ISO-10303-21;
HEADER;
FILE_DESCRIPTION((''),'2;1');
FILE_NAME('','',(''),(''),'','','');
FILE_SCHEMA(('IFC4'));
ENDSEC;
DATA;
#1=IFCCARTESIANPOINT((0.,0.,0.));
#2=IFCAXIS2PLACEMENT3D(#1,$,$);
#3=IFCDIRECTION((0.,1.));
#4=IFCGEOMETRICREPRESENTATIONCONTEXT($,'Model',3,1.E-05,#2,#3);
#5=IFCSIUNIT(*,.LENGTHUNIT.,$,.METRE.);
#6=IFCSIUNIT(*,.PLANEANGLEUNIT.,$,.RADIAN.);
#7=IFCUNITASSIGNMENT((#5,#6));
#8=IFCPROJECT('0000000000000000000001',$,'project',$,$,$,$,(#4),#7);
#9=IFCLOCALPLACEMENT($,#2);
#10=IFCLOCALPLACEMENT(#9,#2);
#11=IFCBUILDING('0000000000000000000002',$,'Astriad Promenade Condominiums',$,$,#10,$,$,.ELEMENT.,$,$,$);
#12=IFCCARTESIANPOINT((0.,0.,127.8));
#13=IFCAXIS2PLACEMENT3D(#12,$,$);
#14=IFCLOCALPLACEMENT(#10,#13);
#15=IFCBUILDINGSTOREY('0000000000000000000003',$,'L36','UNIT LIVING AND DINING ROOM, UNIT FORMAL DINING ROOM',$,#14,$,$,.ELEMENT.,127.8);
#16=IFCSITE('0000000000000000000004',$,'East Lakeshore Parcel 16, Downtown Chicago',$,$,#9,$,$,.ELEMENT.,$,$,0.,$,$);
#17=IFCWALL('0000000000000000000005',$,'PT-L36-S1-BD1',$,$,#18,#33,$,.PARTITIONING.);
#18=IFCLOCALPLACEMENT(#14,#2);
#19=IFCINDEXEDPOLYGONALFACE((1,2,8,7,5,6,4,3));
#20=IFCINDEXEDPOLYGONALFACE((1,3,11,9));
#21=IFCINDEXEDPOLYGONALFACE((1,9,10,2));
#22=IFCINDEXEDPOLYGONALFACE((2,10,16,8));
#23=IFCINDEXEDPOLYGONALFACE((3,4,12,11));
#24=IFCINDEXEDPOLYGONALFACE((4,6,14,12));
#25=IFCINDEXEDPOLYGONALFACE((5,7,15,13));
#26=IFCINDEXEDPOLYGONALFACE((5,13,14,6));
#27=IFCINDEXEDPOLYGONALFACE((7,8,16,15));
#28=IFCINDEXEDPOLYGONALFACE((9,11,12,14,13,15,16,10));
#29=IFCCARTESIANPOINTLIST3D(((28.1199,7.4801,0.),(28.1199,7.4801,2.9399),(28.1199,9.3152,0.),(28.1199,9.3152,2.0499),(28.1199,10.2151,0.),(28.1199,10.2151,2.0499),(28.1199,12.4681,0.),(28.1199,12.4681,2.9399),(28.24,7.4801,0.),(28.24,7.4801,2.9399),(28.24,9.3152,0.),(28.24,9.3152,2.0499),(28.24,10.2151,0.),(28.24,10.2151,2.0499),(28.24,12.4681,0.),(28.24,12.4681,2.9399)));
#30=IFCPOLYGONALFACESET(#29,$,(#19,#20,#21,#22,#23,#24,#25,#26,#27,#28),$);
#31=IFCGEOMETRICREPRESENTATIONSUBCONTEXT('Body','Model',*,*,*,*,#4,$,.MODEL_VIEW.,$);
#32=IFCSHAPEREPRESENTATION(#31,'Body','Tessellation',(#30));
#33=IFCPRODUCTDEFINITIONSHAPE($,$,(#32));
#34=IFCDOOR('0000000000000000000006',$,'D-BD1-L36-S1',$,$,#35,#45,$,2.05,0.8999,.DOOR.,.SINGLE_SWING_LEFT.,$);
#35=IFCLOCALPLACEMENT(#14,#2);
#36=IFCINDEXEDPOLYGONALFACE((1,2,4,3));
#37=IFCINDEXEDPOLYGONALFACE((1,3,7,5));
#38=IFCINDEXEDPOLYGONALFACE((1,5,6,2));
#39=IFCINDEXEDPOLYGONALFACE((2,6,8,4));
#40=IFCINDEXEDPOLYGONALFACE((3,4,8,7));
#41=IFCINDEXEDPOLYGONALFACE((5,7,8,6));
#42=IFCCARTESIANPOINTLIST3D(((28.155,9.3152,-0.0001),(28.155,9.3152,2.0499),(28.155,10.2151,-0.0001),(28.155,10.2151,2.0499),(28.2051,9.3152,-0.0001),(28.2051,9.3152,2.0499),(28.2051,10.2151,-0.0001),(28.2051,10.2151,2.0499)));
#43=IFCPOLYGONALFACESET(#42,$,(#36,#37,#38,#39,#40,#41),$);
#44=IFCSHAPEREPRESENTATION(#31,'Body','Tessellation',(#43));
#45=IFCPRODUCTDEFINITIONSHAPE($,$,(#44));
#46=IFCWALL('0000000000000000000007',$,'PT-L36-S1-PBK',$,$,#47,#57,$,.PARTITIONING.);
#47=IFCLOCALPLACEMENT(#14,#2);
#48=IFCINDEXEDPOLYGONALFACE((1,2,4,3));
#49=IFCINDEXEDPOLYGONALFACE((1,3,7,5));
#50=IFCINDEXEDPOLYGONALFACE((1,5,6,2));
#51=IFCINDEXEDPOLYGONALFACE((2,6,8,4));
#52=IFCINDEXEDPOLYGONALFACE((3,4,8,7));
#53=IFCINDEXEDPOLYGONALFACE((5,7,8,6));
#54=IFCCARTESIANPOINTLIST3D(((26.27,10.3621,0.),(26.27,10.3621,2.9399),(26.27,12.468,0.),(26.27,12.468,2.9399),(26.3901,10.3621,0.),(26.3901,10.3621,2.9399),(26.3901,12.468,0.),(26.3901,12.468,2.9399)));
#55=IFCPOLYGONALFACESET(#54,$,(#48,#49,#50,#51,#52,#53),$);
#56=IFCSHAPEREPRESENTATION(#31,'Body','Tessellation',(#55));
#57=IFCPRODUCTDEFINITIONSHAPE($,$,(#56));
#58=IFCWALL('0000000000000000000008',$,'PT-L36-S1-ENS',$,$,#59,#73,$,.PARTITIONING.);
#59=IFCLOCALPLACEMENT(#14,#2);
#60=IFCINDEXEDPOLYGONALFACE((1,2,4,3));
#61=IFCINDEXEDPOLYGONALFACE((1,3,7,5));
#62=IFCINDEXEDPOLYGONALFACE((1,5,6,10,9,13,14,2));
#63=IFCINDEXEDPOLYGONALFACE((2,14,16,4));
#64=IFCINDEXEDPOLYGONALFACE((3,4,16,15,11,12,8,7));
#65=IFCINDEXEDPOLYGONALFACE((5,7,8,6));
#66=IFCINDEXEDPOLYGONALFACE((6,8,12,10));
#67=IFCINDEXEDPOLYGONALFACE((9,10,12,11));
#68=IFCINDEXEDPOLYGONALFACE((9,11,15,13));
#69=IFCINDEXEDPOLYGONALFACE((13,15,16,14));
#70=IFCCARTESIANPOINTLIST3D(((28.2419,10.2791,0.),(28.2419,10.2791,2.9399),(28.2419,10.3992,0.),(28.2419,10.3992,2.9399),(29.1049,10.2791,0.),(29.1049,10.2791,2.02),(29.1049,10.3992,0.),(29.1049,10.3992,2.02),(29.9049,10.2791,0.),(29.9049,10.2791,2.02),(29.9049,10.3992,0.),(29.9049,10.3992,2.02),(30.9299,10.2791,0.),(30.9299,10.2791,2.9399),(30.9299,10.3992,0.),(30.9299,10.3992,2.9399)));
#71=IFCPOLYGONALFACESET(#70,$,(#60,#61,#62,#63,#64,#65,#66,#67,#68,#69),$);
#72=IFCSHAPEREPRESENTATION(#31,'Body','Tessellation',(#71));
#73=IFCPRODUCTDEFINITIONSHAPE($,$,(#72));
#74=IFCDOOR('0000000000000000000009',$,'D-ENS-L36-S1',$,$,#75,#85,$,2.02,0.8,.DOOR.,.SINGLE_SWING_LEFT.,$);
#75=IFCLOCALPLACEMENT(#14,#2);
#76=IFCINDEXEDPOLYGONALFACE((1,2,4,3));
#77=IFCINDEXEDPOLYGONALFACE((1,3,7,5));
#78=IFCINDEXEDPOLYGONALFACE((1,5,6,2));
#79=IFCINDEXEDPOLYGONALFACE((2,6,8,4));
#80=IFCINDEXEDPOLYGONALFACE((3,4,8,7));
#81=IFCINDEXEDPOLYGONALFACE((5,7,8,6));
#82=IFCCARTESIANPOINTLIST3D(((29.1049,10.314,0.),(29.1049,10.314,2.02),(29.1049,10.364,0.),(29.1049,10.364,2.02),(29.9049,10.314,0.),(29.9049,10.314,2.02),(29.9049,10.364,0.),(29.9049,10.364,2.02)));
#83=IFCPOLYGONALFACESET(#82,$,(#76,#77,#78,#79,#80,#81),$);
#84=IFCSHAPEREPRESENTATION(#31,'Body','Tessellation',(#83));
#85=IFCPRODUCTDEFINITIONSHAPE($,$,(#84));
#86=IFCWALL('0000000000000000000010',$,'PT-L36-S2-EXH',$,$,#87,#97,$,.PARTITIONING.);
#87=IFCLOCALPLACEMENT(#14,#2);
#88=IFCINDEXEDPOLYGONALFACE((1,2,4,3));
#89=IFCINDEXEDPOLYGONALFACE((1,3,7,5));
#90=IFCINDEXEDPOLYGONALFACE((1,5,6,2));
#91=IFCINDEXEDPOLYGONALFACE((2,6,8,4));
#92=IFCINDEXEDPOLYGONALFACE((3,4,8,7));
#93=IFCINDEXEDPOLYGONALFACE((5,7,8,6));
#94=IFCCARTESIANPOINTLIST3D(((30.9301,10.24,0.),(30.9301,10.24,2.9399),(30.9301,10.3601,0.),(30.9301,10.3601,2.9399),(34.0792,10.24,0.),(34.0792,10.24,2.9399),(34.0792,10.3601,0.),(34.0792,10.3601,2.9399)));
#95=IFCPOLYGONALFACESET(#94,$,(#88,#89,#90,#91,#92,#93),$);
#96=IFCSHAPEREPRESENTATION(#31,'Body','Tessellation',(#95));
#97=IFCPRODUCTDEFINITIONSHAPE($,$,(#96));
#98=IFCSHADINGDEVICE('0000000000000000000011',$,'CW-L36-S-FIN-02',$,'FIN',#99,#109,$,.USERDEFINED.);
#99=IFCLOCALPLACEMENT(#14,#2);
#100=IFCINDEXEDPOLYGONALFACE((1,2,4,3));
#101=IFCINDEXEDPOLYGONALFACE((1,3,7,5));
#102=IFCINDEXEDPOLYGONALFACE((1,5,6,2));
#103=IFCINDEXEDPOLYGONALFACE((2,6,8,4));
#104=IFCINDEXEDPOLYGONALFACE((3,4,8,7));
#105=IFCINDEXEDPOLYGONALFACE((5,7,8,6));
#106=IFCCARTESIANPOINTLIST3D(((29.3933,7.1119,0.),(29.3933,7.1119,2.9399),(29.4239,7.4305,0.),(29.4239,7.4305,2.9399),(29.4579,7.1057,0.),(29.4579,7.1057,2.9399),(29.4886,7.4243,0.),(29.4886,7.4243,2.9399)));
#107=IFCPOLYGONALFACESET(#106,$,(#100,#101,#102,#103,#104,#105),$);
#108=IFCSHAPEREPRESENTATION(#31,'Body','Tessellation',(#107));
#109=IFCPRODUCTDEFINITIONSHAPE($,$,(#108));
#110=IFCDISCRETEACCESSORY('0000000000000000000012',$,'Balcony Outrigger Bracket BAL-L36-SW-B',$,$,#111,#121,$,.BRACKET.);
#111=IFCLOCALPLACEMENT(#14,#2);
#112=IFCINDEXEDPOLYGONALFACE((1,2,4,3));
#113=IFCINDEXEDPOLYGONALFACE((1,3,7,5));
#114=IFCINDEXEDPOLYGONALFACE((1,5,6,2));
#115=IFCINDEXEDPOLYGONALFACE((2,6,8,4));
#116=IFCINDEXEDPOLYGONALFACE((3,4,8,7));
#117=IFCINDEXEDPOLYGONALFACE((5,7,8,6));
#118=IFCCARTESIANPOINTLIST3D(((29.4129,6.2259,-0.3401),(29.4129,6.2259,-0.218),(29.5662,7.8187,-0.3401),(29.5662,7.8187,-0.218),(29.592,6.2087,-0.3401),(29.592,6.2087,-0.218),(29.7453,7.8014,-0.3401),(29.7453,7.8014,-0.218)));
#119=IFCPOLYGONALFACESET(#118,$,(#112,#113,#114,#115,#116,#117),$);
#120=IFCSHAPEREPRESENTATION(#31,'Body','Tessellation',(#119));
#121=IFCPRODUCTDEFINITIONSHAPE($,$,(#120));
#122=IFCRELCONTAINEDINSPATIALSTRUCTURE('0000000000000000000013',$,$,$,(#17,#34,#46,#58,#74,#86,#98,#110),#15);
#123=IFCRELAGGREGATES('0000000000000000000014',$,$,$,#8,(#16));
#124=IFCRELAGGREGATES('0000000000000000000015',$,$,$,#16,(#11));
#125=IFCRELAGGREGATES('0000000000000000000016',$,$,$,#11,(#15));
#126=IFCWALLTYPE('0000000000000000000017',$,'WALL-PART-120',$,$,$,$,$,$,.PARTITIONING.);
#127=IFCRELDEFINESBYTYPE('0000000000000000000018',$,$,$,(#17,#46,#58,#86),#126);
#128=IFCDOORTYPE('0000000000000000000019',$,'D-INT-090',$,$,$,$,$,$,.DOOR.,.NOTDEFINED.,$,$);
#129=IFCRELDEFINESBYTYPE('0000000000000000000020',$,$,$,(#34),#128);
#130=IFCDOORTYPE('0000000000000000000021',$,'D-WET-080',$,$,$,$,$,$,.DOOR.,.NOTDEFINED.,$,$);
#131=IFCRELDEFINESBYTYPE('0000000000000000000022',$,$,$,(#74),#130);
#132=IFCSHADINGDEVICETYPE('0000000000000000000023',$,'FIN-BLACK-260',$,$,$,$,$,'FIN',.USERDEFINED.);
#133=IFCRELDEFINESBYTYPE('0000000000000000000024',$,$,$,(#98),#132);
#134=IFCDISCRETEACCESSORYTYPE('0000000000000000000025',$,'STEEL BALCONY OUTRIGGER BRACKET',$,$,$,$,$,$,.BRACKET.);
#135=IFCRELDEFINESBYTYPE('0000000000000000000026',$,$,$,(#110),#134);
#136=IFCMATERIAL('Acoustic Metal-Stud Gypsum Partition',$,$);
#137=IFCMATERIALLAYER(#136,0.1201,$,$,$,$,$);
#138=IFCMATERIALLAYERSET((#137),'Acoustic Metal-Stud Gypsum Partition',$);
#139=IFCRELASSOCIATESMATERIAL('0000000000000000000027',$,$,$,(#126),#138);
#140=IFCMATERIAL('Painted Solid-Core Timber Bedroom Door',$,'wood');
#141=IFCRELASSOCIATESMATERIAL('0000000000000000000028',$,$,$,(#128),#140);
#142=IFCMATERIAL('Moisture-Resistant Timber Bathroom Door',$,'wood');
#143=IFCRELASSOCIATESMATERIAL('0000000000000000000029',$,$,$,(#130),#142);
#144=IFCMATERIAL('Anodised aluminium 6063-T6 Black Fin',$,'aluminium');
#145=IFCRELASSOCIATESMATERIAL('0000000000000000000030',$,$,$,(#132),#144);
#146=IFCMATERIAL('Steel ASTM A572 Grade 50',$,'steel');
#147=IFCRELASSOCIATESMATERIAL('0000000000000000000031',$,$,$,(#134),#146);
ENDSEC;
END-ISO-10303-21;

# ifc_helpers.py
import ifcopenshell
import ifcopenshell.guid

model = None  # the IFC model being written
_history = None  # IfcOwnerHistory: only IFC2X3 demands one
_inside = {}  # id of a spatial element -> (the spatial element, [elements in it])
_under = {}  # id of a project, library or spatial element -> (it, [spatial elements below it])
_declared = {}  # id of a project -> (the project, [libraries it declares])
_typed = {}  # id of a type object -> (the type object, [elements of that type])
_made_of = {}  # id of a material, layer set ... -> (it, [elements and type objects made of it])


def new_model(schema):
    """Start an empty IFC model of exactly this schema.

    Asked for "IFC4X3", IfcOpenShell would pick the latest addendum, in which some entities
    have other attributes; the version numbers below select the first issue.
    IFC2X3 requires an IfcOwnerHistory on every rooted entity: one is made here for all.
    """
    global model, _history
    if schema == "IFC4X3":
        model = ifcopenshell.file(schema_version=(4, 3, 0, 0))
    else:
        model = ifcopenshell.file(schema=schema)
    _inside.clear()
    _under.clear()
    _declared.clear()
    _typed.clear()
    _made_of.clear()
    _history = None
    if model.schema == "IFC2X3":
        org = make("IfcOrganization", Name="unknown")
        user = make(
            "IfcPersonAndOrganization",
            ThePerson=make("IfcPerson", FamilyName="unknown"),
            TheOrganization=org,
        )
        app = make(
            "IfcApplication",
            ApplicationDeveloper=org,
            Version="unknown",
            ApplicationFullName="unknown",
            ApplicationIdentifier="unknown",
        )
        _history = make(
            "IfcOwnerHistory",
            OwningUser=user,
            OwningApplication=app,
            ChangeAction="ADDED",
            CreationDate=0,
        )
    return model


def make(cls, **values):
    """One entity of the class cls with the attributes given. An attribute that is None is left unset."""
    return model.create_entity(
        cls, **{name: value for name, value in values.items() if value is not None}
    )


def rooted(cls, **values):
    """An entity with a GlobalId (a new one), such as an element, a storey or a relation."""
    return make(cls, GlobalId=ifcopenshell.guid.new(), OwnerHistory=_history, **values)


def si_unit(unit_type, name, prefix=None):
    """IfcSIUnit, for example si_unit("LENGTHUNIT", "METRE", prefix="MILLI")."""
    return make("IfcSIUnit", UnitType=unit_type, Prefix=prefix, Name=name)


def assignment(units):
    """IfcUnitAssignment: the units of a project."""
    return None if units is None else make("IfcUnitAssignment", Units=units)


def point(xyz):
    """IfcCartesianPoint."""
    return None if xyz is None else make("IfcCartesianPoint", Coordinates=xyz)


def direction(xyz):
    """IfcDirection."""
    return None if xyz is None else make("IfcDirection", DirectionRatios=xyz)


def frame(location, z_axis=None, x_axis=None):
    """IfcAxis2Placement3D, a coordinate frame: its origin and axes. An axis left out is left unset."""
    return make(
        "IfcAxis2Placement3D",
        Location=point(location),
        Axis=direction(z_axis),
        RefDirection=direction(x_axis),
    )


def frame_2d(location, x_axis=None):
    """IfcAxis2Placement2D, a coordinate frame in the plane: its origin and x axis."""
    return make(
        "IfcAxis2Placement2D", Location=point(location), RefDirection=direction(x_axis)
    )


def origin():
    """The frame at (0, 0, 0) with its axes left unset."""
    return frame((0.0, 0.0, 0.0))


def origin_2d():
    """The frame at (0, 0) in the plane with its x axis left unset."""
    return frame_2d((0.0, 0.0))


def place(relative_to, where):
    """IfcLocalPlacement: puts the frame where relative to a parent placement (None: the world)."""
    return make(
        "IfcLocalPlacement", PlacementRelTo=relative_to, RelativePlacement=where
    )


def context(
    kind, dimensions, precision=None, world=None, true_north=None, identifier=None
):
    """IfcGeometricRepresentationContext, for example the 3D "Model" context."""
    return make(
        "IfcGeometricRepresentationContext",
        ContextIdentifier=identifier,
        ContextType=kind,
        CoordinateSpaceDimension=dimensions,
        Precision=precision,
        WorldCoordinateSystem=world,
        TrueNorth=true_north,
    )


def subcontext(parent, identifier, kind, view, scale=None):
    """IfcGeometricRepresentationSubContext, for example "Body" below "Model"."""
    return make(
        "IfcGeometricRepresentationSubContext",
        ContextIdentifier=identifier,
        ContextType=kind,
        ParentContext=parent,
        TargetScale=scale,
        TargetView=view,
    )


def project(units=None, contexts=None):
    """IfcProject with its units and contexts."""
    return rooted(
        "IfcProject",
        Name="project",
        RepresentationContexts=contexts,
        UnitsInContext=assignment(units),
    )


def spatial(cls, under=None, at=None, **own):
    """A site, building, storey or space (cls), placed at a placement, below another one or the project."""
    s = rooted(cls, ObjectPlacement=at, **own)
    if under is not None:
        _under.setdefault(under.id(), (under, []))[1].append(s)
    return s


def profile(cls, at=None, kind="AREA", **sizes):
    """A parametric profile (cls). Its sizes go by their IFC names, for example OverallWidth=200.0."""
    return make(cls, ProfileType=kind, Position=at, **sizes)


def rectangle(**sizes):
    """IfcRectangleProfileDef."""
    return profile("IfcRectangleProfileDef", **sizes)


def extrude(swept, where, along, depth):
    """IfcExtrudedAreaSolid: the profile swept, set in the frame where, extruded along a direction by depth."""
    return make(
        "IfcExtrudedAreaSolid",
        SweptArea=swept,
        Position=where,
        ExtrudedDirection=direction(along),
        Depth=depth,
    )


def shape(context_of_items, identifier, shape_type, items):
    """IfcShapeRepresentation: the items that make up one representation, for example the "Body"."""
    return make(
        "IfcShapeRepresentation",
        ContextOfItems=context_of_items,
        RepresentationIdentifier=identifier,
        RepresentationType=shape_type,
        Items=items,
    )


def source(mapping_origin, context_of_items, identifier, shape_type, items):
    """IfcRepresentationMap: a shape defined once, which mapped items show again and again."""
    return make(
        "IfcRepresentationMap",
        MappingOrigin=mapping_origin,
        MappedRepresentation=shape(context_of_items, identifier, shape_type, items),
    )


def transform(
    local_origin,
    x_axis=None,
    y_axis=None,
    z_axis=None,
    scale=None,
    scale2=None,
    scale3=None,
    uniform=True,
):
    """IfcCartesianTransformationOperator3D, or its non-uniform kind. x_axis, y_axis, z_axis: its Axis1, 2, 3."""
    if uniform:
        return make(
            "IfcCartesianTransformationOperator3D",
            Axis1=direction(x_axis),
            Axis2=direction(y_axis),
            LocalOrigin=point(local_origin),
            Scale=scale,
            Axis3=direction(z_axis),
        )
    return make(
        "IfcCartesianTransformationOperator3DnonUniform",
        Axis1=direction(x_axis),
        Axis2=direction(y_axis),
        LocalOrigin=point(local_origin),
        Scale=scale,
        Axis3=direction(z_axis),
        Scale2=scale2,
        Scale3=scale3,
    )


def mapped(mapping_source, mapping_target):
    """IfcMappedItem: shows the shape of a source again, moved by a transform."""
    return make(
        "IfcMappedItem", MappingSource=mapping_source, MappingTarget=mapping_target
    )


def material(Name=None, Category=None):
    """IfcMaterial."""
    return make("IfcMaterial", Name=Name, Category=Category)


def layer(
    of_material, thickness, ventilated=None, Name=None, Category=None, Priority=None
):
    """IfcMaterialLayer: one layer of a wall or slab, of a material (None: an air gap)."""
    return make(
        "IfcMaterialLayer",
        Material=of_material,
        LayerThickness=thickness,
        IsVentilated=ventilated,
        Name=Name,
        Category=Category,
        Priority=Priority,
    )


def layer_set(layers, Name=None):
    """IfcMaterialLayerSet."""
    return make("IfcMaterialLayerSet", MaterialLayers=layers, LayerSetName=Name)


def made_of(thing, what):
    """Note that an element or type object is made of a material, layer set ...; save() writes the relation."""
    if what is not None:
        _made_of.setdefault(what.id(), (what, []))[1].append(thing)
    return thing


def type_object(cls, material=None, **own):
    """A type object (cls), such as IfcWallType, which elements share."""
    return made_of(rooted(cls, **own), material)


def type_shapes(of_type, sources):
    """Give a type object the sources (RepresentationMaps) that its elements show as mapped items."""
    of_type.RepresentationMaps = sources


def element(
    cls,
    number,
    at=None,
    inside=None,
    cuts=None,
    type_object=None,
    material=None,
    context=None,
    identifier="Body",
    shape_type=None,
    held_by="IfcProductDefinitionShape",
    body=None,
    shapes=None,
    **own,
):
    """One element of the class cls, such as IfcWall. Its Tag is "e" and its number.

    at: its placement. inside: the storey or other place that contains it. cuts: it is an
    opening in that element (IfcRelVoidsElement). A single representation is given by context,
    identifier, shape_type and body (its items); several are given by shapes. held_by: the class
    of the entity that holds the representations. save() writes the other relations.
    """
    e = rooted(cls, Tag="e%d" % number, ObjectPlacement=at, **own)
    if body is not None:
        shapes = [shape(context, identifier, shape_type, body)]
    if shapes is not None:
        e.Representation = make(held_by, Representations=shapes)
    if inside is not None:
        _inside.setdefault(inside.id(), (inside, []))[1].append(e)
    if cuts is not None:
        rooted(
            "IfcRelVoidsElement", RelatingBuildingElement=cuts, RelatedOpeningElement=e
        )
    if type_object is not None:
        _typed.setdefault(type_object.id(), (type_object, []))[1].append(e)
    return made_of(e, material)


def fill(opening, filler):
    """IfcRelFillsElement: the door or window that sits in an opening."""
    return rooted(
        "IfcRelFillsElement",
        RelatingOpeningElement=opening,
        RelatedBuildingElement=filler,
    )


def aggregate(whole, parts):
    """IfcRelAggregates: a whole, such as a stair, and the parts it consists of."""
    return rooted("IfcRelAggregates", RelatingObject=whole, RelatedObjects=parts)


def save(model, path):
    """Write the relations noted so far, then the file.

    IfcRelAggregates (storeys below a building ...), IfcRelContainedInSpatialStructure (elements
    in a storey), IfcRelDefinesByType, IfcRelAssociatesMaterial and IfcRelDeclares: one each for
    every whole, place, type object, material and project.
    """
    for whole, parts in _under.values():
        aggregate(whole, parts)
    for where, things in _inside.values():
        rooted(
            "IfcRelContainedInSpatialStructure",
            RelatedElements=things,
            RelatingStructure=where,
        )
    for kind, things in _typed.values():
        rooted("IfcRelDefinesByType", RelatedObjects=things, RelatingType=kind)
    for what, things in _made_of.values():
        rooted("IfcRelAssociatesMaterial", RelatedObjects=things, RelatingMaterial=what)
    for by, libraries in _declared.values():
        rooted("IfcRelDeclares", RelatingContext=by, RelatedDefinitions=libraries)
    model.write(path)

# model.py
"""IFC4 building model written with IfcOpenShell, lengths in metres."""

from ifc_helpers import new_model, si_unit, direction, frame, frame_2d, origin, origin_2d, place, context, subcontext, project, spatial, rectangle, extrude, source, transform, mapped, material, layer, layer_set, type_object, type_shapes, element, fill, save


model = new_model("IFC4")

# Units and contexts
model_context = context("Model", 3, precision=1e-05, world=origin(), true_north=direction((0.0, 1.0)))
body_context = subcontext(model_context, "Body", "Model", "MODEL_VIEW")
ifc_project = project(units=[si_unit("LENGTHUNIT", "METRE"), si_unit("PLANEANGLEUNIT", "RADIAN")], contexts=[model_context])

# Site, building, storey
site_placement = place(None, origin())
site = spatial("IfcSite", under=ifc_project, at=site_placement, Name="East Lakeshore Parcel 16, Downtown Chicago", CompositionType="ELEMENT", RefElevation=0.0)
building_placement = place(site_placement, origin())
building = spatial("IfcBuilding", under=site, at=building_placement, Name="Astriad Promenade Condominiums", CompositionType="ELEMENT")
storey_placement = place(building_placement, frame((0.0, 0.0, 127.8)))
storey = spatial("IfcBuildingStorey", under=building, at=storey_placement, Name="L36", Description="UNIT LIVING AND DINING ROOM, UNIT FORMAL DINING ROOM", CompositionType="ELEMENT", Elevation=127.8)

# Wall, opening, door
ifc_material_1 = material(Name="Acoustic Metal-Stud Gypsum Partition")
ifc_layer_1 = layer(ifc_material_1, 0.1201)
ifc_layer_set_1 = layer_set([ifc_layer_1], Name="Acoustic Metal-Stud Gypsum Partition")
wall_type_1 = type_object("IfcWallType", Name="WALL-PART-120", PredefinedType="PARTITIONING", material=ifc_layer_set_1)
wall_1_placement = place(storey_placement, frame((28.1799, 7.48, 0.0), z_axis=(0.0, 0.0, 1.0), x_axis=(0.0, 1.0, 0.0)))
wall_1 = element("IfcWall", 1, at=wall_1_placement, inside=storey, type_object=wall_type_1, Name="PT-L36-S1-BD1", PredefinedType="PARTITIONING", context=body_context, shape_type="SweptSolid", body=[
    extrude(rectangle(XDim=4.988, YDim=0.1201, at=frame_2d((2.4941, 0.0))), origin(), (0.0, 0.0, 1.0), 2.9399),
])
opening_1_placement = place(wall_1_placement, frame((1.8352, 0.0, 0.0)))
opening_1 = element("IfcOpeningElement", 2, at=opening_1_placement, cuts=wall_1, PredefinedType="OPENING", context=body_context, shape_type="SweptSolid", body=[
    extrude(rectangle(XDim=0.8999, YDim=2.05, at=frame_2d((0.45, 1.0249))), frame((0.0, 0.0701, 0.0), z_axis=(0.0, -1.0, 0.0), x_axis=(1.0, 0.0, 0.0)), (0.0, 0.0, 1.0), 0.1401),
])
ifc_material_2 = material(Name="Painted Solid-Core Timber Bedroom Door", Category="wood")
door_type_1 = type_object("IfcDoorType", Name="D-INT-090", OperationType="NOTDEFINED", PredefinedType="DOOR", material=ifc_material_2)
shared_shape_1 = source(origin(), body_context, "Body", "SweptSolid", [
    extrude(rectangle(XDim=0.8999, YDim=2.05, at=frame_2d((0.45, 1.0249))), frame((0.0, 0.0249, 0.0), z_axis=(0.0, -1.0, 0.0), x_axis=(1.0, 0.0, 0.0)), (0.0, 0.0, 1.0), 0.05),
])
type_shapes(door_type_1, [shared_shape_1])
door_1_placement = place(opening_1_placement, origin())
door_1 = element("IfcDoor", 3, at=door_1_placement, inside=storey, type_object=door_type_1, Name="D-BD1-L36-S1", OperationType="SINGLE_SWING_LEFT", OverallHeight=2.05, OverallWidth=0.8999, PredefinedType="DOOR", context=body_context, shape_type="MappedRepresentation", body=[
    mapped(shared_shape_1, transform((0.0, 0.0, 0.0), scale=1.0)),
])
fill(opening_1, door_1)

# Wall
wall_2_placement = place(storey_placement, frame((26.3301, 10.3621, 0.0), z_axis=(0.0, 0.0, 1.0), x_axis=(0.0, 1.0, 0.0)))
element("IfcWall", 4, at=wall_2_placement, inside=storey, type_object=wall_type_1, Name="PT-L36-S1-PBK", PredefinedType="PARTITIONING", context=body_context, shape_type="SweptSolid", body=[
    extrude(rectangle(XDim=2.106, YDim=0.1201, at=frame_2d((1.053, 0.0))), origin(), (0.0, 0.0, 1.0), 2.9399),
])

# Wall, opening, door
wall_3_placement = place(storey_placement, frame((28.2419, 10.3391, 0.0), z_axis=(0.0, 0.0, 1.0), x_axis=(1.0, 0.0, 0.0)))
wall_3 = element("IfcWall", 5, at=wall_3_placement, inside=storey, type_object=wall_type_1, Name="PT-L36-S1-ENS", PredefinedType="PARTITIONING", context=body_context, shape_type="SweptSolid", body=[
    extrude(rectangle(XDim=2.688, YDim=0.1201, at=frame_2d((1.344, 0.0))), origin(), (0.0, 0.0, 1.0), 2.9399),
])
opening_2_placement = place(wall_3_placement, frame((0.863, 0.0, 0.0)))
opening_2 = element("IfcOpeningElement", 6, at=opening_2_placement, cuts=wall_3, PredefinedType="OPENING", context=body_context, shape_type="SweptSolid", body=[
    extrude(rectangle(XDim=0.8, YDim=2.02, at=frame_2d((0.3999, 1.01))), frame((0.0, 0.0701, 0.0), z_axis=(0.0, -1.0, 0.0), x_axis=(1.0, 0.0, 0.0)), (0.0, 0.0, 1.0), 0.1401),
])
ifc_material_3 = material(Name="Moisture-Resistant Timber Bathroom Door", Category="wood")
door_type_2 = type_object("IfcDoorType", Name="D-WET-080", OperationType="NOTDEFINED", PredefinedType="DOOR", material=ifc_material_3)
shared_shape_2 = source(origin(), body_context, "Body", "SweptSolid", [
    extrude(rectangle(XDim=0.8, YDim=2.02, at=frame_2d((0.3999, 1.01))), frame((0.0, 0.0249, 0.0), z_axis=(0.0, -1.0, 0.0), x_axis=(1.0, 0.0, 0.0)), (0.0, 0.0, 1.0), 0.05),
])
type_shapes(door_type_2, [shared_shape_2])
door_2_placement = place(opening_2_placement, origin())
door_2 = element("IfcDoor", 7, at=door_2_placement, inside=storey, type_object=door_type_2, Name="D-ENS-L36-S1", OperationType="SINGLE_SWING_LEFT", OverallHeight=2.02, OverallWidth=0.8, PredefinedType="DOOR", context=body_context, shape_type="MappedRepresentation", body=[
    mapped(shared_shape_2, transform((0.0, 0.0, 0.0), scale=1.0)),
])
fill(opening_2, door_2)

# Wall
wall_4_placement = place(storey_placement, frame((30.9299, 10.3, 0.0), z_axis=(0.0, 0.0, 1.0), x_axis=(1.0, 0.0, 0.0)))
element("IfcWall", 8, at=wall_4_placement, inside=storey, type_object=wall_type_1, Name="PT-L36-S2-EXH", PredefinedType="PARTITIONING", context=body_context, shape_type="SweptSolid", body=[
    extrude(rectangle(XDim=3.1492, YDim=0.1201, at=frame_2d((1.5747, 0.0))), origin(), (0.0, 0.0, 1.0), 2.9399),
])

# Shading device
ifc_material_4 = material(Name="Anodised aluminium 6063-T6 Black Fin", Category="aluminium")
shading_device_type = type_object("IfcShadingDeviceType", Name="FIN-BLACK-260", ElementType="FIN", PredefinedType="USERDEFINED", material=ifc_material_4)
shared_shape_3 = source(origin(), body_context, "Body", "SweptSolid", [
    extrude(rectangle(XDim=0.0649, YDim=0.3201, at=origin_2d()), origin(), (0.0, 0.0, 1.0), 2.9399),
])
type_shapes(shading_device_type, [shared_shape_3])
shading_device_placement = place(storey_placement, frame((29.4409, 7.2681, 0.0), z_axis=(0.0, 0.0, 1.0), x_axis=(-0.995396, 0.095846, 0.0)))
element("IfcShadingDevice", 9, at=shading_device_placement, inside=storey, type_object=shading_device_type, Name="CW-L36-S-FIN-02", ObjectType="FIN", PredefinedType="USERDEFINED", context=body_context, shape_type="MappedRepresentation", body=[
    mapped(shared_shape_3, transform((0.0, 0.0, 0.0), scale=1.0)),
])

# Discrete accessory
ifc_material_5 = material(Name="Steel ASTM A572 Grade 50", Category="steel")
discrete_accessory_type = type_object("IfcDiscreteAccessoryType", Name="STEEL BALCONY OUTRIGGER BRACKET", PredefinedType="BRACKET", material=ifc_material_5)
shared_shape_4 = source(origin(), body_context, "Body", "SweptSolid", [
    extrude(rectangle(XDim=1.6001, YDim=0.1799, at=origin_2d()), origin(), (0.0, 0.0, 1.0), 0.1221),
])
type_shapes(discrete_accessory_type, [shared_shape_4])
discrete_accessory_placement = place(storey_placement, frame((29.5791, 7.0137, -0.3401), z_axis=(0.0, 0.0, 1.0), x_axis=(-0.095846, -0.995396, 0.0)))
element("IfcDiscreteAccessory", 10, at=discrete_accessory_placement, inside=storey, type_object=discrete_accessory_type, Name="Balcony Outrigger Bracket BAL-L36-SW-B", PredefinedType="BRACKET", context=body_context, shape_type="MappedRepresentation", body=[
    mapped(shared_shape_4, transform((0.0, 0.0, 0.0), scale=1.0)),
])

save(model, "model.ifc")
